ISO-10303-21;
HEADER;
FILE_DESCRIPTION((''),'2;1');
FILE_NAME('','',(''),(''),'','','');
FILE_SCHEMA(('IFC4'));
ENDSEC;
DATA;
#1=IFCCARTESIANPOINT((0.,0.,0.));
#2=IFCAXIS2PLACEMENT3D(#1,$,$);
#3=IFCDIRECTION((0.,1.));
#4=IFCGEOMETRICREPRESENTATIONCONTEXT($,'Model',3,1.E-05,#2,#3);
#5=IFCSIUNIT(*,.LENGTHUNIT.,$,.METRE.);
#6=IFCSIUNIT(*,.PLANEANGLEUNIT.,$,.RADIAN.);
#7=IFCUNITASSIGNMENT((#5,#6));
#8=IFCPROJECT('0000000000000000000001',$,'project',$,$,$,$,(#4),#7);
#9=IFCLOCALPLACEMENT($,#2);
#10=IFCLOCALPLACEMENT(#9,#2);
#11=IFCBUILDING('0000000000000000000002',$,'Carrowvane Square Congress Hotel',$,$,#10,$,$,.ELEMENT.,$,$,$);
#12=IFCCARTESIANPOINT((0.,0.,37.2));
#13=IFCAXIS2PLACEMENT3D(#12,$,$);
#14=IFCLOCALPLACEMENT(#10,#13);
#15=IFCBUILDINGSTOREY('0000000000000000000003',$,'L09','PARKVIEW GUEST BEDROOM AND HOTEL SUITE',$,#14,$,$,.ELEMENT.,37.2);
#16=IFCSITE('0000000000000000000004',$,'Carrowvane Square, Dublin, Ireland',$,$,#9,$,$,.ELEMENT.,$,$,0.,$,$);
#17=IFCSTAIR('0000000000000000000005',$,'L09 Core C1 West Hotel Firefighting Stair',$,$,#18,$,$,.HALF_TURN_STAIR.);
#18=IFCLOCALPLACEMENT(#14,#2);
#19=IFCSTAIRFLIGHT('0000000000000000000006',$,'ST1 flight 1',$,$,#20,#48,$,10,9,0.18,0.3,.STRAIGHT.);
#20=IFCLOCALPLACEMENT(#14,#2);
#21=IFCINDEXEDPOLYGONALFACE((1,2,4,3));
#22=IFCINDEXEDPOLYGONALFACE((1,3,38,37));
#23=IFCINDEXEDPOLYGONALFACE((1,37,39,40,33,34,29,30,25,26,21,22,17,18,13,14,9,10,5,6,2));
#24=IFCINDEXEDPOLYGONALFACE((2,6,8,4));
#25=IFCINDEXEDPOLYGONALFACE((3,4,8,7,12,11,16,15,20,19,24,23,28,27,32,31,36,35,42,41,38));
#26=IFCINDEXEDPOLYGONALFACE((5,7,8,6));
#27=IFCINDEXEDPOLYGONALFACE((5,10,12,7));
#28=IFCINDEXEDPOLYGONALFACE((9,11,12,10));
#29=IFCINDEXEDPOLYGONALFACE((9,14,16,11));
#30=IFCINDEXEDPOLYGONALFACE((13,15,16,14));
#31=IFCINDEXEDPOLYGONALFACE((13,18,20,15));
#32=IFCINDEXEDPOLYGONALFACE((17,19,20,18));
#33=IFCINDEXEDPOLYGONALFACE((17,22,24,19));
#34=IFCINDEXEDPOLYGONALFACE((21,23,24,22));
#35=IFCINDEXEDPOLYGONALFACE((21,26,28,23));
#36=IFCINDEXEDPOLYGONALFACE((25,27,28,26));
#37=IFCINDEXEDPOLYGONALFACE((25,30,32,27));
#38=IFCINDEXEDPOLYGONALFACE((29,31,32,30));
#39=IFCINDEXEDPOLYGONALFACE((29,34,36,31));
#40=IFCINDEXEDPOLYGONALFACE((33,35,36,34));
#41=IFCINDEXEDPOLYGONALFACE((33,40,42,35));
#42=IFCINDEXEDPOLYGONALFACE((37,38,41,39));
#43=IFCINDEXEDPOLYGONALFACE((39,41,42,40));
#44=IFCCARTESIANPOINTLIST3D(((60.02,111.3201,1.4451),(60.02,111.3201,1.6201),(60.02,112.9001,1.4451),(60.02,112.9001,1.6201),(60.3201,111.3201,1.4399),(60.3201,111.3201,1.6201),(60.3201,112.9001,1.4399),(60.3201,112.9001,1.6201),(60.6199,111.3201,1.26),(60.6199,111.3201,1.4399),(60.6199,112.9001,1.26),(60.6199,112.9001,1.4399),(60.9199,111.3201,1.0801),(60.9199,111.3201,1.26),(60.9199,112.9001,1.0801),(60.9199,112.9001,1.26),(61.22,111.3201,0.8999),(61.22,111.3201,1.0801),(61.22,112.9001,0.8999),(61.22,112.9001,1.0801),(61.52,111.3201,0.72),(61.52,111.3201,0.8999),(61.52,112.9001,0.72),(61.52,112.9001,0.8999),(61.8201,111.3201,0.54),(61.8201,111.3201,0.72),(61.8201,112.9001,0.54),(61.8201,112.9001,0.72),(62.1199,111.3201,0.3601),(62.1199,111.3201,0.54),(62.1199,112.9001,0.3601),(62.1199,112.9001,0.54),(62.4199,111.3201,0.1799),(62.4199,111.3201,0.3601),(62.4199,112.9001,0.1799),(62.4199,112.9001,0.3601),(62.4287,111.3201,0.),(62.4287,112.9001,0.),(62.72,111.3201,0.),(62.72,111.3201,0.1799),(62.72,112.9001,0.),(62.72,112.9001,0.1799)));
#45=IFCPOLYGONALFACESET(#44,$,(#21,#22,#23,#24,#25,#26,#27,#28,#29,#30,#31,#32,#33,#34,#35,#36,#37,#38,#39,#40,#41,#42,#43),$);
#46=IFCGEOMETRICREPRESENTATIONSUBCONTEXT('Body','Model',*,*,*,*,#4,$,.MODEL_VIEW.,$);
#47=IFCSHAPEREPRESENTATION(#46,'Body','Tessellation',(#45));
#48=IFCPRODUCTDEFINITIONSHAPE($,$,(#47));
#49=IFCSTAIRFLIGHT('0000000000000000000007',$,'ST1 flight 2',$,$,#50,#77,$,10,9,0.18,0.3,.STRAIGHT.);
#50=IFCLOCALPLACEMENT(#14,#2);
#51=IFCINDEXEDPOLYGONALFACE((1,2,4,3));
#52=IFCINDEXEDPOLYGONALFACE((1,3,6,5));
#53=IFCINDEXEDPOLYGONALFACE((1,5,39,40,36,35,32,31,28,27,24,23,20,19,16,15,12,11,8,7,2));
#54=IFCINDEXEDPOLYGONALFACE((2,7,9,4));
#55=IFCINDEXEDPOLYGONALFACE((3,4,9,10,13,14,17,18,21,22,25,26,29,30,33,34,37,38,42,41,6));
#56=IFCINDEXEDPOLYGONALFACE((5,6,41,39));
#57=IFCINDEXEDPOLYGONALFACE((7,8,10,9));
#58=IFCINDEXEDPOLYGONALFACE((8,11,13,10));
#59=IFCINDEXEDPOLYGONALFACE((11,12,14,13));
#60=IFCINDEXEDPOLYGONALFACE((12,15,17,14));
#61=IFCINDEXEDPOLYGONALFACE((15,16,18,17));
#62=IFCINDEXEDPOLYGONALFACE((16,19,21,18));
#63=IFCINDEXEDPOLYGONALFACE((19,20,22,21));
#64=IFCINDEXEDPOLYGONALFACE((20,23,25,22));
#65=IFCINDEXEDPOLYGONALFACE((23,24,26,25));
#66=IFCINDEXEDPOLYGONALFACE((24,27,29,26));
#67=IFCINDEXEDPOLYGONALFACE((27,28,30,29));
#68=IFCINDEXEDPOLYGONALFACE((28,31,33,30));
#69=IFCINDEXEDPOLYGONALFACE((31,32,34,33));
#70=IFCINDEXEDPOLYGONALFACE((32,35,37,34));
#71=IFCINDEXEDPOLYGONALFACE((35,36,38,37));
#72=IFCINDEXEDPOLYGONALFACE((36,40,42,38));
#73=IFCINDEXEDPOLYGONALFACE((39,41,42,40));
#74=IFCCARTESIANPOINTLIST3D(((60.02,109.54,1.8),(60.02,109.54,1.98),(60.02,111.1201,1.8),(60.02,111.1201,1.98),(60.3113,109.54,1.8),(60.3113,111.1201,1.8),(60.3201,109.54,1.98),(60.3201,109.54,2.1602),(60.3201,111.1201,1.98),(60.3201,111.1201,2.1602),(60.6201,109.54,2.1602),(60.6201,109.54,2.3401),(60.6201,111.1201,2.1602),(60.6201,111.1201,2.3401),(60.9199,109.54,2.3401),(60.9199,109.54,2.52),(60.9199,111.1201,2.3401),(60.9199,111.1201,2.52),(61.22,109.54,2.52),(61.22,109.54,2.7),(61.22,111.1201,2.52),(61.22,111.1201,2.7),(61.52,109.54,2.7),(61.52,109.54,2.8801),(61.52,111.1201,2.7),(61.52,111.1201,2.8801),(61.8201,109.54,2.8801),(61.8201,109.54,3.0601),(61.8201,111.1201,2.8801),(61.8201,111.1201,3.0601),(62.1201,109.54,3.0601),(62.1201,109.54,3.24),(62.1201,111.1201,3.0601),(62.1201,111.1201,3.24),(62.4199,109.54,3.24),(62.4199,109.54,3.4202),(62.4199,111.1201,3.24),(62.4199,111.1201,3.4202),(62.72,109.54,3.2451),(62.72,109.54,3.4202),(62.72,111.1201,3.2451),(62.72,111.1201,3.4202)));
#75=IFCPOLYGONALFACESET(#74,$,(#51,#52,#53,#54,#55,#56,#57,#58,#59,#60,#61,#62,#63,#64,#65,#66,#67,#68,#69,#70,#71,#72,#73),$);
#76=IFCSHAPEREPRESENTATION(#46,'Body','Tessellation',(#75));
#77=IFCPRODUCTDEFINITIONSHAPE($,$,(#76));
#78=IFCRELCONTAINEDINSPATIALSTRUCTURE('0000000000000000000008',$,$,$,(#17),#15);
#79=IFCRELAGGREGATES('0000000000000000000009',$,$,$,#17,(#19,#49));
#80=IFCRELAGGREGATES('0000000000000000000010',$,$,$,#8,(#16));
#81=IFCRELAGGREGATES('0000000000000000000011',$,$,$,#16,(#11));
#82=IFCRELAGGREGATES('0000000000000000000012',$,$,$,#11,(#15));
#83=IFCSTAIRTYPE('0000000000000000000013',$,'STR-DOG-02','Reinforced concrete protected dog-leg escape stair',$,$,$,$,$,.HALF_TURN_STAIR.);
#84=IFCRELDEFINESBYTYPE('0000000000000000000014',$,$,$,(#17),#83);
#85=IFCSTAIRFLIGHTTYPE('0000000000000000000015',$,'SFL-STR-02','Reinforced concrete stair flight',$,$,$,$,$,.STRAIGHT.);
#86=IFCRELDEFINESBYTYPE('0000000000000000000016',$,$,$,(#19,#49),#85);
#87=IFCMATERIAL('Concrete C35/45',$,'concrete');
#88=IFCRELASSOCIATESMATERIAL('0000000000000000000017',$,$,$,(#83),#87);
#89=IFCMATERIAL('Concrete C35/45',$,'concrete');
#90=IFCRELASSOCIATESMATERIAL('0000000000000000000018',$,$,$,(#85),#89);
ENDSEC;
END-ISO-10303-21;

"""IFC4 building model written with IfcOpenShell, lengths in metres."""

from ifc_helpers import new_model, si_unit, direction, frame, origin, place, context, subcontext, project, spatial, polyline, outline, extrude, material, type_object, element, aggregate, save


model = new_model("IFC4")

# Units and contexts
model_context = context("Model", 3, precision=1e-05, world=origin(), true_north=direction((0.0, 1.0)))
body_context = subcontext(model_context, "Body", "Model", "MODEL_VIEW")
ifc_project = project(units=[si_unit("LENGTHUNIT", "METRE"), si_unit("PLANEANGLEUNIT", "RADIAN")], contexts=[model_context])

# Site, building, storey
site_placement = place(None, origin())
site = spatial("IfcSite", under=ifc_project, at=site_placement, Name="Carrowvane Square, Dublin, Ireland", CompositionType="ELEMENT", RefElevation=0.0)
building_placement = place(site_placement, origin())
building = spatial("IfcBuilding", under=site, at=building_placement, Name="Carrowvane Square Congress Hotel", CompositionType="ELEMENT")
storey_placement = place(building_placement, frame((0.0, 0.0, 37.2)))
storey = spatial("IfcBuildingStorey", under=building, at=storey_placement, Name="L09", Description="PARKVIEW GUEST BEDROOM AND HOTEL SUITE", CompositionType="ELEMENT", Elevation=37.2)

# Stair, stair flights
ifc_material_1 = material(Name="Concrete C35/45", Category="concrete")
stair_type = type_object("IfcStairType", Name="STR-DOG-02", Description="Reinforced concrete protected dog-leg escape stair", PredefinedType="HALF_TURN_STAIR", material=ifc_material_1)
stair_placement = place(storey_placement, origin())
stair = element("IfcStair", 1, at=stair_placement, inside=storey, type_object=stair_type, Name="L09 Core C1 West Hotel Firefighting Stair", PredefinedType="HALF_TURN_STAIR")
ifc_material_2 = material(Name="Concrete C35/45", Category="concrete")
stair_flight_type = type_object("IfcStairFlightType", Name="SFL-STR-02", Description="Reinforced concrete stair flight", PredefinedType="STRAIGHT", material=ifc_material_2)
stair_flight_1_placement = place(storey_placement, frame((62.72, 112.1101, 0.0), z_axis=(0.0, 0.0, 1.0), x_axis=(-1.0, 0.0, 0.0)))
stair_flight_1 = element("IfcStairFlight", 2, at=stair_flight_1_placement, type_object=stair_flight_type, Name="ST1 flight 1", NumberOfRisers=10, NumberOfTreads=9, PredefinedType="STRAIGHT", RiserHeight=0.18, TreadLength=0.3, context=body_context, shape_type="SweptSolid", body=[
    extrude(outline(polyline([(0.0, 0.0), (0.0, 0.1799), (0.3, 0.1799), (0.3, 0.3601), (0.6001, 0.3601), (0.6001, 0.54), (0.8999, 0.54), (0.8999, 0.72), (1.2, 0.72), (1.2, 0.8999), (1.5, 0.8999), (1.5, 1.0801), (1.8, 1.0801), (1.8, 1.26), (2.1001, 1.26), (2.1001, 1.4399), (2.3999, 1.4399), (2.3999, 1.6201), (2.7, 1.6201), (2.7, 1.8), (2.7, 1.4451), (0.2913, 0.0), (0.0, 0.0)])), frame((0.0, 0.79, 0.0), z_axis=(0.0, -1.0, 0.0), x_axis=(1.0, 0.0, 0.0)), (0.0, 0.0, 1.0), 1.5801),
])
stair_flight_2_placement = place(storey_placement, frame((60.02, 110.3301, 1.8), z_axis=(0.0, 0.0, 1.0), x_axis=(1.0, 0.0, 0.0)))
stair_flight_2 = element("IfcStairFlight", 3, at=stair_flight_2_placement, type_object=stair_flight_type, Name="ST1 flight 2", NumberOfRisers=10, NumberOfTreads=9, PredefinedType="STRAIGHT", RiserHeight=0.18, TreadLength=0.3, context=body_context, shape_type="SweptSolid", body=[
    extrude(outline(polyline([(0.0, 0.0), (0.0, 0.1799), (0.3, 0.1799), (0.3, 0.3601), (0.6001, 0.3601), (0.6001, 0.54), (0.8999, 0.54), (0.8999, 0.72), (1.2, 0.72), (1.2, 0.8999), (1.5, 0.8999), (1.5, 1.0801), (1.8, 1.0801), (1.8, 1.26), (2.1001, 1.26), (2.1001, 1.4399), (2.3999, 1.4399), (2.3999, 1.6201), (2.7, 1.6201), (2.7, 1.8), (2.7, 1.4451), (0.2913, 0.0), (0.0, 0.0)])), frame((0.0, 0.79, 0.0), z_axis=(0.0, -1.0, 0.0), x_axis=(1.0, 0.0, 0.0)), (0.0, 0.0, 1.0), 1.5801),
])
aggregate(stair, [stair_flight_1, stair_flight_2])

save(model, "model.ifc")
